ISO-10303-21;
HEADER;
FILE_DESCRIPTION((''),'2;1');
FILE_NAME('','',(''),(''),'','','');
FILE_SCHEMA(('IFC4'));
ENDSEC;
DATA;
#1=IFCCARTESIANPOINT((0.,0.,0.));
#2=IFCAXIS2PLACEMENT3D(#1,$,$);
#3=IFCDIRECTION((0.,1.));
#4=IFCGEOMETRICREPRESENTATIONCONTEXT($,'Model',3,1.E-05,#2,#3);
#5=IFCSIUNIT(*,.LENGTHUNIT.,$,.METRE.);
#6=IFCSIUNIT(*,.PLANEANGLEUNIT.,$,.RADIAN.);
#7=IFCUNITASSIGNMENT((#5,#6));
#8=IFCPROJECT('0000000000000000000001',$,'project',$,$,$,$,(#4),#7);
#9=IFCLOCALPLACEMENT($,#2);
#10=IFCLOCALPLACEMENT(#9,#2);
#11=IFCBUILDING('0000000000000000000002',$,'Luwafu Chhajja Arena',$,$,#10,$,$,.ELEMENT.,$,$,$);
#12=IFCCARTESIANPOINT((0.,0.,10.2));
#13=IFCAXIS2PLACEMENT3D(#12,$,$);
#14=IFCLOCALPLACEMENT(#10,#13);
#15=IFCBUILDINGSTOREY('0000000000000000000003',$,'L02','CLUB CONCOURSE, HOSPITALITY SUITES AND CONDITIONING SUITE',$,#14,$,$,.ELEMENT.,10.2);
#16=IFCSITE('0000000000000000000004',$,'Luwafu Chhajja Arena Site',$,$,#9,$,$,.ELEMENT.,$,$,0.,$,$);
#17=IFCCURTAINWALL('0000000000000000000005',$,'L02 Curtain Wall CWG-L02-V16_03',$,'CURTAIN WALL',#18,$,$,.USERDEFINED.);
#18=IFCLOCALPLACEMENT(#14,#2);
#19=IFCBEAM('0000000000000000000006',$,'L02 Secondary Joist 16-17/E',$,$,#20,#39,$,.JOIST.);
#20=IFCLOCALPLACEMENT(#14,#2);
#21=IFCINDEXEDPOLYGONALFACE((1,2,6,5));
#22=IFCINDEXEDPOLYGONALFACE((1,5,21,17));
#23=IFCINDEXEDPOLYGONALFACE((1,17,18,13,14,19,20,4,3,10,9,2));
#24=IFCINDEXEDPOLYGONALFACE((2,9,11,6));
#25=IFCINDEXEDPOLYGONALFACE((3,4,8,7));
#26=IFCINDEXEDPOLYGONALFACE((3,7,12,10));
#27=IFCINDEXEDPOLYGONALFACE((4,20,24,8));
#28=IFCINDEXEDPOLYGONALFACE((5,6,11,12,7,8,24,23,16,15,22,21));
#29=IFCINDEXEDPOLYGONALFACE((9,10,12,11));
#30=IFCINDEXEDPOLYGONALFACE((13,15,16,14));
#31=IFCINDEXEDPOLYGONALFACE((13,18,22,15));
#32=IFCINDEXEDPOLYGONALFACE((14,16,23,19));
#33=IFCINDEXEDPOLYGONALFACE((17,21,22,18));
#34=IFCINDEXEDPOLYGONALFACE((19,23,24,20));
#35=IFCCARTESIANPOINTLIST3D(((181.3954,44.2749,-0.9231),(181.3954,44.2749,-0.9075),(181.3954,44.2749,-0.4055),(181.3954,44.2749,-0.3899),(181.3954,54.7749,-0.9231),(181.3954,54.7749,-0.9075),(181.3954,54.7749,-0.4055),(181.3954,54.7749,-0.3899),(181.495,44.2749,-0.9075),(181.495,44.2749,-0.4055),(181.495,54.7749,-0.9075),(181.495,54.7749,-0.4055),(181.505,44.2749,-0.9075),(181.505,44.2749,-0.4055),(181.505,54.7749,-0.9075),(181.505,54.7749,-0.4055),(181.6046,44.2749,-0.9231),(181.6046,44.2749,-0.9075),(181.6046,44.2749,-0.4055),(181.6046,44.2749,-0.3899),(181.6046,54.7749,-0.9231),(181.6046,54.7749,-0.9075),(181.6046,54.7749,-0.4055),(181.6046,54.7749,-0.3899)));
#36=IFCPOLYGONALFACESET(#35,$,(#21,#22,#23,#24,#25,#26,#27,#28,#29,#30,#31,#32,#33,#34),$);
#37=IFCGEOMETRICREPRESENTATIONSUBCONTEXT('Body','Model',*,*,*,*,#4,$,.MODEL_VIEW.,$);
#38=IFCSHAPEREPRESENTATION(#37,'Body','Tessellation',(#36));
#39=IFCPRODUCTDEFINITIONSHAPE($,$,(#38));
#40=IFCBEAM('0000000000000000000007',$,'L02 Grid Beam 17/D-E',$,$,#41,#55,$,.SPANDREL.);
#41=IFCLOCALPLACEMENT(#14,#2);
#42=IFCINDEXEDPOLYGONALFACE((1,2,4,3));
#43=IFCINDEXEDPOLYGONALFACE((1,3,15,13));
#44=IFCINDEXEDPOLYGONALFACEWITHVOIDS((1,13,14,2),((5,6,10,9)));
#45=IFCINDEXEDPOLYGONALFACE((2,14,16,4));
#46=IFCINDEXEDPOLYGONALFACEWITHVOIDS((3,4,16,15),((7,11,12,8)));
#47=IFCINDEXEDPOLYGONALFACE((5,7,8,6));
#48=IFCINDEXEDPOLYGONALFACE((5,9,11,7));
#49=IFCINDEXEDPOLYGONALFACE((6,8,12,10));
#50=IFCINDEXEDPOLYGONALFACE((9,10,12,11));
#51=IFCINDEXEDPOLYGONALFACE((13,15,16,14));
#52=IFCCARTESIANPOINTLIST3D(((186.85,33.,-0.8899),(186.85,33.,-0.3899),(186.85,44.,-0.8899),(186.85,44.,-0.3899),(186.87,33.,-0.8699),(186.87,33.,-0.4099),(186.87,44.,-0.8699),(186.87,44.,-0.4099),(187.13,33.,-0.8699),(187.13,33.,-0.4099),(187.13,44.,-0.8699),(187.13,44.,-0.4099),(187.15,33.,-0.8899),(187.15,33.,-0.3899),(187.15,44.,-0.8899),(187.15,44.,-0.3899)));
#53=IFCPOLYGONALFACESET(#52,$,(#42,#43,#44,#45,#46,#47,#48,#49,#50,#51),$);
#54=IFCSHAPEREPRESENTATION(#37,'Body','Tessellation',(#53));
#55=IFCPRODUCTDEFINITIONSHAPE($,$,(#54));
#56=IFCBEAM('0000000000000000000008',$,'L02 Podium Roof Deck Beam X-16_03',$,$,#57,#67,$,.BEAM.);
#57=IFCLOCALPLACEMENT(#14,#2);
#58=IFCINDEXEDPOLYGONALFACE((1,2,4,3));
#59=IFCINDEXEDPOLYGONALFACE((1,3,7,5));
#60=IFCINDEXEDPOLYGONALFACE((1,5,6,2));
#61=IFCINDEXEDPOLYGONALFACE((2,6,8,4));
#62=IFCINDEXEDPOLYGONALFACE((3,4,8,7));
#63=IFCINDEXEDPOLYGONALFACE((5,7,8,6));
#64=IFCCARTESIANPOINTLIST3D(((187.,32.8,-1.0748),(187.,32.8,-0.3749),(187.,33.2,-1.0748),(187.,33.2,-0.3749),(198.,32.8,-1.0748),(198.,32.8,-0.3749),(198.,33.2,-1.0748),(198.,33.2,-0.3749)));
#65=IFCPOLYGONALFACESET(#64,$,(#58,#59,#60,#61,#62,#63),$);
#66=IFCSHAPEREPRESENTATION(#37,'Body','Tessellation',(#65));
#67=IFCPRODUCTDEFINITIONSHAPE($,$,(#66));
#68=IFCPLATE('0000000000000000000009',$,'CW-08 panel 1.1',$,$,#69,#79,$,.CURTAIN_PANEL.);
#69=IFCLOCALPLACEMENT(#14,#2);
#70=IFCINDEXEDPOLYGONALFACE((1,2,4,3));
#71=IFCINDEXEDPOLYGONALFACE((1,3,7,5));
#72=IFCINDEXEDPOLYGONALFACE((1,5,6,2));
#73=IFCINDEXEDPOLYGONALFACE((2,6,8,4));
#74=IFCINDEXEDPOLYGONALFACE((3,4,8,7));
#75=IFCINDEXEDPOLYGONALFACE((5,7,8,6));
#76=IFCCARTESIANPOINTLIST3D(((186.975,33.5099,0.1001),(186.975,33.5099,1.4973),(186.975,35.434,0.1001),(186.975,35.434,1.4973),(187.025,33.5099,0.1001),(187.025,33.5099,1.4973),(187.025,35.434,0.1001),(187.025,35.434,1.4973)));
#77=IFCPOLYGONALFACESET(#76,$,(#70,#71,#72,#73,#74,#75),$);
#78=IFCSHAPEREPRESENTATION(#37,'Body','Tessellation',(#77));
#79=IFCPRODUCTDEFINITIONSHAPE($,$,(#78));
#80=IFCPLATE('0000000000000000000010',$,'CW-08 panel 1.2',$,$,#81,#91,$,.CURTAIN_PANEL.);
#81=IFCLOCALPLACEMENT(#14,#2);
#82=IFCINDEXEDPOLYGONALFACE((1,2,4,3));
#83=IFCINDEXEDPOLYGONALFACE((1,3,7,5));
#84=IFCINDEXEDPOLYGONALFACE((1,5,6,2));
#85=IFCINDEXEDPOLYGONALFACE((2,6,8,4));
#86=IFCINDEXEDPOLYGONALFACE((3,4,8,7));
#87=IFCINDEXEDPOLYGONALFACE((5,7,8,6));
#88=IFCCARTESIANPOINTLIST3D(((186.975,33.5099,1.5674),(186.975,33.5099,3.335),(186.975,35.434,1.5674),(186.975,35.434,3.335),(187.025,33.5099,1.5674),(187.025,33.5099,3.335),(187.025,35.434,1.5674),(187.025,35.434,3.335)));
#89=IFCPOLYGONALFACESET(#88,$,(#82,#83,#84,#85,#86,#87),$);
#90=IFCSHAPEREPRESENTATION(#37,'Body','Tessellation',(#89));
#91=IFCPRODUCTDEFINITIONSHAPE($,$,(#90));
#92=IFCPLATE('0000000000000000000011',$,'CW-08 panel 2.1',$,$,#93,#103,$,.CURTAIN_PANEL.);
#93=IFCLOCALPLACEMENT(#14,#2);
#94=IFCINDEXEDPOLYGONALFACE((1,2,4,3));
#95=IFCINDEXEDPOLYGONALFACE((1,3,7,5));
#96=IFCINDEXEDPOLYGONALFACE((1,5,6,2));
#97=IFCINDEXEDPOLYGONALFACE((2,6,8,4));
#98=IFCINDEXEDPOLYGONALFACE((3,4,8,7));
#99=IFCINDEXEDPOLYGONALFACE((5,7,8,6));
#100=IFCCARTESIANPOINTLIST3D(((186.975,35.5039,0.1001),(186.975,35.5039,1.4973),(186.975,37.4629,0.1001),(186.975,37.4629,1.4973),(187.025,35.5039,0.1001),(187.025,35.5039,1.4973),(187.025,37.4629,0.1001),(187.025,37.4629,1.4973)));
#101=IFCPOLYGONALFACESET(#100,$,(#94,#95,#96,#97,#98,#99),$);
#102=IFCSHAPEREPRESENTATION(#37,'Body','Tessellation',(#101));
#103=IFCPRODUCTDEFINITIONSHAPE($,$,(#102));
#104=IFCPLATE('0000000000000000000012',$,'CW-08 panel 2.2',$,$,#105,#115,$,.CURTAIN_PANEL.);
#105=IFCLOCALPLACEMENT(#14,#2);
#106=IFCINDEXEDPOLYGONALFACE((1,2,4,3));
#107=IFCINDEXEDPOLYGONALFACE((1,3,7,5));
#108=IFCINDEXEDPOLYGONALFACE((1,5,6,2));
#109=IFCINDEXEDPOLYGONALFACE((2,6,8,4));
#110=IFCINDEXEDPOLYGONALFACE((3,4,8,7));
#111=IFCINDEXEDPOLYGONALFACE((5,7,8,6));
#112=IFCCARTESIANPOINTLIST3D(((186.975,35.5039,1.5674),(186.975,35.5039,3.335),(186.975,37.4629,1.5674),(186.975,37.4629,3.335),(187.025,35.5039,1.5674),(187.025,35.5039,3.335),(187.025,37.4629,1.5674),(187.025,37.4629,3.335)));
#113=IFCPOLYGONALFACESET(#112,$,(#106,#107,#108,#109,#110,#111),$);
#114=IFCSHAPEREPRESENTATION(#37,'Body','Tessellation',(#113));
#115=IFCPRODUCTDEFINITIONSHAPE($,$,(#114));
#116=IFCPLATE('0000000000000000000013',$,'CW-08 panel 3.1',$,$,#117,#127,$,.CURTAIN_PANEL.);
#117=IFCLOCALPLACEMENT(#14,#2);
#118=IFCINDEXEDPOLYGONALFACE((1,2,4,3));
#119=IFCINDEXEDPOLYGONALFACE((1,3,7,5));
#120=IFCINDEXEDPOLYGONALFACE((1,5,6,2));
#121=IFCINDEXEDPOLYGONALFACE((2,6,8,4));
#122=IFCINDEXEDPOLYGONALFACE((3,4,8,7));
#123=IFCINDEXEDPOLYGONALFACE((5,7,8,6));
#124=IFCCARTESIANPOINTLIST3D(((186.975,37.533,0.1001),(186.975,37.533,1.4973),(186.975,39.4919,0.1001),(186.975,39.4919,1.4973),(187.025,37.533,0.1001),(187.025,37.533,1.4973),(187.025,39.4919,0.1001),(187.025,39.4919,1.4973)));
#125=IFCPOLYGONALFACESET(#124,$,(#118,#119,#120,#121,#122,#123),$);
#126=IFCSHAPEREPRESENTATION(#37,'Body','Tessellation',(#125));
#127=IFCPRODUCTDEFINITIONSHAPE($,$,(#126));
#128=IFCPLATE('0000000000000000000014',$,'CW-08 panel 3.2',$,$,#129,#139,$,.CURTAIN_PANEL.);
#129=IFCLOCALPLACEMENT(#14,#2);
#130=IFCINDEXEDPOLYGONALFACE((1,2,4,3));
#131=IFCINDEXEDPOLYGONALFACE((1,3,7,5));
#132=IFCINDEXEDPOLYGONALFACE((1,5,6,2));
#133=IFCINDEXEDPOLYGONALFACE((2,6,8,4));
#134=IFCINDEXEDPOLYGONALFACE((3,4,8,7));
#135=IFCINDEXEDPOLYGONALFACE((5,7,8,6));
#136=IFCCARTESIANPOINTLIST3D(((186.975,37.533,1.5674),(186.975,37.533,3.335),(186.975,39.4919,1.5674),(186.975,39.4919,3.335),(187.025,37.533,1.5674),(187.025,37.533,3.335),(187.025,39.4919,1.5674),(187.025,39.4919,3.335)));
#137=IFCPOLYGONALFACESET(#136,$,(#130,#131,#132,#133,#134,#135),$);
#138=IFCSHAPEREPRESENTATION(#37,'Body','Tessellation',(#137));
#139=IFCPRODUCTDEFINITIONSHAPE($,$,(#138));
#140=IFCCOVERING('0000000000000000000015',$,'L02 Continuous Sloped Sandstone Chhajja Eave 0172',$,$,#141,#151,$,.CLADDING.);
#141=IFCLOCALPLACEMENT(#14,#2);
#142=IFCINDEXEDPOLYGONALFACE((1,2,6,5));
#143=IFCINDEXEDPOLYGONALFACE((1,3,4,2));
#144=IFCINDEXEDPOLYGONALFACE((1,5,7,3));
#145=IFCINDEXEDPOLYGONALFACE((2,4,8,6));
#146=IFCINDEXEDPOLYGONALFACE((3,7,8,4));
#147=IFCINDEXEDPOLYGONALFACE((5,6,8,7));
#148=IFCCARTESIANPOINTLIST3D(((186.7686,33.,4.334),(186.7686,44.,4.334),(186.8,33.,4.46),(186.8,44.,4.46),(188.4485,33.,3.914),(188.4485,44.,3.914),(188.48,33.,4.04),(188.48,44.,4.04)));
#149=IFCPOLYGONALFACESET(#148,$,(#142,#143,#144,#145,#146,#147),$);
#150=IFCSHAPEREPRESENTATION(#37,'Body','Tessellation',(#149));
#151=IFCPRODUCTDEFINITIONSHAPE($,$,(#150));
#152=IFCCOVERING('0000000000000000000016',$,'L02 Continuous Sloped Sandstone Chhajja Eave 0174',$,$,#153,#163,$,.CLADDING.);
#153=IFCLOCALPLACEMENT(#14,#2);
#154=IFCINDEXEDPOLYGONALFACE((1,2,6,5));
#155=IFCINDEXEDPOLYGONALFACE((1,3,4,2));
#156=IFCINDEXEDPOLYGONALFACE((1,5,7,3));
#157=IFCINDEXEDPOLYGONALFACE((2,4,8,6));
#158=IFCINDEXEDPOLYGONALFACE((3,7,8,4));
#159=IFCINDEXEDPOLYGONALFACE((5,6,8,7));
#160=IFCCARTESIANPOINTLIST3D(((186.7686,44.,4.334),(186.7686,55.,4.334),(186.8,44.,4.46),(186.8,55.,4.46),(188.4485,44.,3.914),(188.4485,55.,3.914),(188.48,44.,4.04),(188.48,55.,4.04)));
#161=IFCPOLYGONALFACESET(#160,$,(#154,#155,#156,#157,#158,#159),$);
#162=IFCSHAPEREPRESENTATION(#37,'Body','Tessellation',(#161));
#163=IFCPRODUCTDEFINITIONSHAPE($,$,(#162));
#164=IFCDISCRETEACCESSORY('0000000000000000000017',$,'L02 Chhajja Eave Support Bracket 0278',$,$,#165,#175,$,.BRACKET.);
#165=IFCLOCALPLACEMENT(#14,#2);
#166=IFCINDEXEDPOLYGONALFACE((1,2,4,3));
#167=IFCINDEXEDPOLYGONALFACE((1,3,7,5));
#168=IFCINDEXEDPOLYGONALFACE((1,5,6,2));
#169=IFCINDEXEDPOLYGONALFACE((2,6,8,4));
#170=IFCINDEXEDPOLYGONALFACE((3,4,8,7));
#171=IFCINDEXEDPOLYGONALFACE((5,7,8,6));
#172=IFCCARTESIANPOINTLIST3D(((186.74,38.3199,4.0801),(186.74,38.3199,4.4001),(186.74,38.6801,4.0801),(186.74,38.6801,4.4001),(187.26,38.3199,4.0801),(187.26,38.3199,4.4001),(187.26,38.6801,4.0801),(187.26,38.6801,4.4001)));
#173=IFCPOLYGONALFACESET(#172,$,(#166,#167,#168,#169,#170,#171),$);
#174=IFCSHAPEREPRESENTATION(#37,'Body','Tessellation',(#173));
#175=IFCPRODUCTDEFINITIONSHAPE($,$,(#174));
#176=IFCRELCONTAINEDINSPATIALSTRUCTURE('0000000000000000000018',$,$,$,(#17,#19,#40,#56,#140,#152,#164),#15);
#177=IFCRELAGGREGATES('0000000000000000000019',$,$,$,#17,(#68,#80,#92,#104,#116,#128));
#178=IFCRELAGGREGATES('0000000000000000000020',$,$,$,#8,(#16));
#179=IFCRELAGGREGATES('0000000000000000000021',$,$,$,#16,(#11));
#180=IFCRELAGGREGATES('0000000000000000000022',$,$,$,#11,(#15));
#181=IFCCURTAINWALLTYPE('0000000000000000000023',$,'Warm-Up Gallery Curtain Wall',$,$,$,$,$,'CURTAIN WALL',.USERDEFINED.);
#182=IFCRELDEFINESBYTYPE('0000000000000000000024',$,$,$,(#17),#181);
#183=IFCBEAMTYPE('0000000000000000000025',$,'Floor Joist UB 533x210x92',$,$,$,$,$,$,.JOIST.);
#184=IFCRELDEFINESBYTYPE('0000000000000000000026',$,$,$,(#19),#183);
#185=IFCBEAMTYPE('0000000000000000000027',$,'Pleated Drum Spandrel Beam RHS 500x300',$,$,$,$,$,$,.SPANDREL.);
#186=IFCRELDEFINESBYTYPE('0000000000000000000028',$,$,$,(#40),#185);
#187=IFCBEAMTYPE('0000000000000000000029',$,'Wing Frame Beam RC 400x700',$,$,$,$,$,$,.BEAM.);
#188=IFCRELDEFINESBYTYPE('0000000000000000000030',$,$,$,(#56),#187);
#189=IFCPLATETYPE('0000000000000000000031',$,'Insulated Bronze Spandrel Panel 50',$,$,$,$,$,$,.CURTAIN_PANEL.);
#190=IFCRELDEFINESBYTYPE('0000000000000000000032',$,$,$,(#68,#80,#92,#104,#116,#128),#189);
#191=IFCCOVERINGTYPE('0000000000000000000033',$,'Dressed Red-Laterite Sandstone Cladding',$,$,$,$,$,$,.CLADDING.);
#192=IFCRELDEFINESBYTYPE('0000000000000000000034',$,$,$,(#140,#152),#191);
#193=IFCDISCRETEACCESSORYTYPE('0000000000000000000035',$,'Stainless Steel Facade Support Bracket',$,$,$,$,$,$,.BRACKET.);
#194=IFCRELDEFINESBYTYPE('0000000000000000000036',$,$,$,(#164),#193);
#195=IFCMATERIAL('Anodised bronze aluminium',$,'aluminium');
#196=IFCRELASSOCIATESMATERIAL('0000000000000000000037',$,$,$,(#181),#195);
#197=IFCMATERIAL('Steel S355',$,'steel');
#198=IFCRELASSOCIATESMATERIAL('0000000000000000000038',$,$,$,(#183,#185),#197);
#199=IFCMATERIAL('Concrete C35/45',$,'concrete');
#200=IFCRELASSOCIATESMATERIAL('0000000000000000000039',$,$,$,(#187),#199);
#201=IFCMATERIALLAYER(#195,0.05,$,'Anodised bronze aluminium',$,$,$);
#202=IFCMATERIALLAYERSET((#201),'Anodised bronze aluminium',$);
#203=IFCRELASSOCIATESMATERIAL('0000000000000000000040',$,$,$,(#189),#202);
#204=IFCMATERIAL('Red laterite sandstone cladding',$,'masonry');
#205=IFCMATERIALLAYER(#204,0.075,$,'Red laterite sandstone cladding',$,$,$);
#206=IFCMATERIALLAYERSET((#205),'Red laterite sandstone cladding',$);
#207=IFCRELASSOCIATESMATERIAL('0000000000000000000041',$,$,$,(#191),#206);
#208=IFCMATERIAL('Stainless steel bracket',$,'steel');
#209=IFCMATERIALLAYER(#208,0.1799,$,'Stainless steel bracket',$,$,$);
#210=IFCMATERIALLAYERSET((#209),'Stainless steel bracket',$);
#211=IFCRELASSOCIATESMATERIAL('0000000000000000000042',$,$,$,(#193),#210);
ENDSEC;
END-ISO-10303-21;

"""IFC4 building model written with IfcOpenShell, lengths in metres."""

from ifc_helpers import new_model, si_unit, direction, frame, origin, origin_2d, place, context, subcontext, project, spatial, polyline, rectangle, hollow_rectangle, i_section, outline, extrude, material, layer, layer_set, material_profile, profile_set, type_object, element, aggregate, save


model = new_model("IFC4")

# Units and contexts
model_context = context("Model", 3, precision=1e-05, world=origin(), true_north=direction((0.0, 1.0)))
body_context = subcontext(model_context, "Body", "Model", "MODEL_VIEW")
ifc_project = project(units=[si_unit("LENGTHUNIT", "METRE"), si_unit("PLANEANGLEUNIT", "RADIAN")], contexts=[model_context])

# Site, building, storey
site_placement = place(None, origin())
site = spatial("IfcSite", under=ifc_project, at=site_placement, Name="Luwafu Chhajja Arena Site", CompositionType="ELEMENT", RefElevation=0.0)
building_placement = place(site_placement, origin())
building = spatial("IfcBuilding", under=site, at=building_placement, Name="Luwafu Chhajja Arena", CompositionType="ELEMENT")
storey_placement = place(building_placement, frame((0.0, 0.0, 10.2)))
storey = spatial("IfcBuildingStorey", under=building, at=storey_placement, Name="L02", Description="CLUB CONCOURSE, HOSPITALITY SUITES AND CONDITIONING SUITE", CompositionType="ELEMENT", Elevation=10.2)

# Shared definitions
ifc_material_1 = material(Name="Concrete C35/45", Category="concrete")

# Curtain wall
ifc_material_2 = material(Name="Anodised bronze aluminium", Category="aluminium")
curtain_wall_type = type_object("IfcCurtainWallType", Name="Warm-Up Gallery Curtain Wall", ElementType="CURTAIN WALL", PredefinedType="USERDEFINED", material=ifc_material_2)
curtain_wall_placement = place(storey_placement, origin())
curtain_wall = element("IfcCurtainWall", 1, at=curtain_wall_placement, inside=storey, type_object=curtain_wall_type, Name="L02 Curtain Wall CWG-L02-V16_03", ObjectType="CURTAIN WALL", PredefinedType="USERDEFINED")

# Beams
ifc_material_3 = material(Name="Steel S355", Category="steel")
ifc_material_profile_1 = material_profile(ifc_material_3, i_section(OverallWidth=0.2092, OverallDepth=0.5332, WebThickness=0.01, FlangeThickness=0.0156, at=origin_2d()), Name="UB 533x210x92")
ifc_profile_set_1 = profile_set([ifc_material_profile_1], Name="Steel S355")
beam_type_1 = type_object("IfcBeamType", Name="Floor Joist UB 533x210x92", PredefinedType="JOIST", material=ifc_profile_set_1)
beam_1_placement = place(storey_placement, frame((181.5, 44.2749, -0.6565), z_axis=(0.0, 1.0, 0.0), x_axis=(-1.0, 0.0, 0.0)))
element("IfcBeam", 2, at=beam_1_placement, inside=storey, type_object=beam_type_1, Name="L02 Secondary Joist 16-17/E", PredefinedType="JOIST", context=body_context, shape_type="SweptSolid", body=[
    extrude(i_section(OverallWidth=0.2092, OverallDepth=0.5332, WebThickness=0.01, FlangeThickness=0.0156, at=origin_2d()), origin(), (0.0, 0.0, 1.0), 10.5),
])
ifc_material_profile_2 = material_profile(ifc_material_3, hollow_rectangle(XDim=0.3, YDim=0.5, WallThickness=0.02, at=origin_2d()), Name="RHS 500x300x20")
ifc_profile_set_2 = profile_set([ifc_material_profile_2], Name="Steel S355")
beam_type_2 = type_object("IfcBeamType", Name="Pleated Drum Spandrel Beam RHS 500x300", PredefinedType="SPANDREL", material=ifc_profile_set_2)
beam_2_placement = place(storey_placement, frame((187.0, 33.0, -0.6399), z_axis=(0.0, 1.0, 0.0), x_axis=(-1.0, 0.0, 0.0)))
element("IfcBeam", 3, at=beam_2_placement, inside=storey, type_object=beam_type_2, Name="L02 Grid Beam 17/D-E", PredefinedType="SPANDREL", context=body_context, shape_type="SweptSolid", body=[
    extrude(hollow_rectangle(XDim=0.3, YDim=0.5, WallThickness=0.02, at=origin_2d()), origin(), (0.0, 0.0, 1.0), 11.0),
])
ifc_material_profile_3 = material_profile(ifc_material_1, rectangle(XDim=0.3999, YDim=0.7, at=origin_2d()), Name="RC 400x700")
ifc_profile_set_3 = profile_set([ifc_material_profile_3], Name="Concrete C35/45")
beam_type_3 = type_object("IfcBeamType", Name="Wing Frame Beam RC 400x700", PredefinedType="BEAM", material=ifc_profile_set_3)
beam_3_placement = place(storey_placement, frame((187.0, 33.0, -0.7249), z_axis=(1.0, 0.0, 0.0), x_axis=(0.0, 1.0, 0.0)))
element("IfcBeam", 4, at=beam_3_placement, inside=storey, type_object=beam_type_3, Name="L02 Podium Roof Deck Beam X-16_03", PredefinedType="BEAM", context=body_context, shape_type="SweptSolid", body=[
    extrude(rectangle(XDim=0.3999, YDim=0.7, at=origin_2d()), origin(), (0.0, 0.0, 1.0), 11.0),
])

# Plates
ifc_layer_1 = layer(ifc_material_2, 0.05, Name="Anodised bronze aluminium")
ifc_layer_set_1 = layer_set([ifc_layer_1], Name="Anodised bronze aluminium")
plate_type = type_object("IfcPlateType", Name="Insulated Bronze Spandrel Panel 50", PredefinedType="CURTAIN_PANEL", material=ifc_layer_set_1)
plate_1_placement = place(storey_placement, frame((187.0, 34.4719, 0.1001), z_axis=(0.0, 0.0, 1.0), x_axis=(0.0, 1.0, 0.0)))
plate_1 = element("IfcPlate", 5, at=plate_1_placement, type_object=plate_type, Name="CW-08 panel 1.1", PredefinedType="CURTAIN_PANEL", context=body_context, shape_type="SweptSolid", body=[
    extrude(rectangle(XDim=1.9241, YDim=0.05, at=origin_2d()), origin(), (0.0, 0.0, 1.0), 1.3972),
])
plate_2_placement = place(storey_placement, frame((187.0, 34.4719, 1.5674), z_axis=(0.0, 0.0, 1.0), x_axis=(0.0, 1.0, 0.0)))
plate_2 = element("IfcPlate", 6, at=plate_2_placement, type_object=plate_type, Name="CW-08 panel 1.2", PredefinedType="CURTAIN_PANEL", context=body_context, shape_type="SweptSolid", body=[
    extrude(rectangle(XDim=1.9241, YDim=0.05, at=origin_2d()), origin(), (0.0, 0.0, 1.0), 1.7676),
])
plate_3_placement = place(storey_placement, frame((187.0, 36.4834, 0.1001), z_axis=(0.0, 0.0, 1.0), x_axis=(0.0, 1.0, 0.0)))
plate_3 = element("IfcPlate", 7, at=plate_3_placement, type_object=plate_type, Name="CW-08 panel 2.1", PredefinedType="CURTAIN_PANEL", context=body_context, shape_type="SweptSolid", body=[
    extrude(rectangle(XDim=1.959, YDim=0.05, at=origin_2d()), origin(), (0.0, 0.0, 1.0), 1.3972),
])
plate_4_placement = place(storey_placement, frame((187.0, 36.4834, 1.5674), z_axis=(0.0, 0.0, 1.0), x_axis=(0.0, 1.0, 0.0)))
plate_4 = element("IfcPlate", 8, at=plate_4_placement, type_object=plate_type, Name="CW-08 panel 2.2", PredefinedType="CURTAIN_PANEL", context=body_context, shape_type="SweptSolid", body=[
    extrude(rectangle(XDim=1.959, YDim=0.05, at=origin_2d()), origin(), (0.0, 0.0, 1.0), 1.7676),
])
plate_5_placement = place(storey_placement, frame((187.0, 38.5125, 0.1001), z_axis=(0.0, 0.0, 1.0), x_axis=(0.0, 1.0, 0.0)))
plate_5 = element("IfcPlate", 9, at=plate_5_placement, type_object=plate_type, Name="CW-08 panel 3.1", PredefinedType="CURTAIN_PANEL", context=body_context, shape_type="SweptSolid", body=[
    extrude(rectangle(XDim=1.959, YDim=0.05, at=origin_2d()), origin(), (0.0, 0.0, 1.0), 1.3972),
])
plate_6_placement = place(storey_placement, frame((187.0, 38.5125, 1.5674), z_axis=(0.0, 0.0, 1.0), x_axis=(0.0, 1.0, 0.0)))
plate_6 = element("IfcPlate", 10, at=plate_6_placement, type_object=plate_type, Name="CW-08 panel 3.2", PredefinedType="CURTAIN_PANEL", context=body_context, shape_type="SweptSolid", body=[
    extrude(rectangle(XDim=1.959, YDim=0.05, at=origin_2d()), origin(), (0.0, 0.0, 1.0), 1.7676),
])
aggregate(curtain_wall, [plate_1, plate_2, plate_3, plate_4, plate_5, plate_6])

# Coverings
ifc_material_4 = material(Name="Red laterite sandstone cladding", Category="masonry")
ifc_layer_2 = layer(ifc_material_4, 0.075, Name="Red laterite sandstone cladding")
ifc_layer_set_2 = layer_set([ifc_layer_2], Name="Red laterite sandstone cladding")
covering_type = type_object("IfcCoveringType", Name="Dressed Red-Laterite Sandstone Cladding", PredefinedType="CLADDING", material=ifc_layer_set_2)
for number, where, z_axis, x_axis, name in (
    (11, (186.8, 33.0, 4.46), (0.242502, 0.0, 0.970151), (0.0, 1.0, 0.0), "L02 Continuous Sloped Sandstone Chhajja Eave 0172"),
    (12, (186.8, 44.0, 4.46), (0.242502, 0.0, 0.970151), (0.0, 1.0, 0.0), "L02 Continuous Sloped Sandstone Chhajja Eave 0174"),
):
    element("IfcCovering", number, at=place(storey_placement, frame(where, z_axis=z_axis, x_axis=x_axis)), inside=storey, type_object=covering_type, Name=name, PredefinedType="CLADDING", context=body_context, shape_type="SweptSolid", body=[
        extrude(outline(polyline([(0.0, 0.0), (11.0, 0.0), (11.0, -1.7316), (0.0, -1.7316), (0.0, 0.0)])), origin(), (0.0, 0.0, -1.0), 0.1299),
    ])

# Discrete accessory
ifc_material_5 = material(Name="Stainless steel bracket", Category="steel")
ifc_layer_3 = layer(ifc_material_5, 0.1799, Name="Stainless steel bracket")
ifc_layer_set_3 = layer_set([ifc_layer_3], Name="Stainless steel bracket")
discrete_accessory_type = type_object("IfcDiscreteAccessoryType", Name="Stainless Steel Facade Support Bracket", PredefinedType="BRACKET", material=ifc_layer_set_3)
discrete_accessory_placement = place(storey_placement, frame((187.0, 38.5, 4.0801), z_axis=(0.0, 0.0, 1.0), x_axis=(0.0, 1.0, 0.0)))
element("IfcDiscreteAccessory", 13, at=discrete_accessory_placement, inside=storey, type_object=discrete_accessory_type, Name="L02 Chhajja Eave Support Bracket 0278", PredefinedType="BRACKET", context=body_context, shape_type="SweptSolid", body=[
    extrude(rectangle(XDim=0.3601, YDim=0.52, at=origin_2d()), origin(), (0.0, 0.0, 1.0), 0.3201),
])

save(model, "model.ifc")
